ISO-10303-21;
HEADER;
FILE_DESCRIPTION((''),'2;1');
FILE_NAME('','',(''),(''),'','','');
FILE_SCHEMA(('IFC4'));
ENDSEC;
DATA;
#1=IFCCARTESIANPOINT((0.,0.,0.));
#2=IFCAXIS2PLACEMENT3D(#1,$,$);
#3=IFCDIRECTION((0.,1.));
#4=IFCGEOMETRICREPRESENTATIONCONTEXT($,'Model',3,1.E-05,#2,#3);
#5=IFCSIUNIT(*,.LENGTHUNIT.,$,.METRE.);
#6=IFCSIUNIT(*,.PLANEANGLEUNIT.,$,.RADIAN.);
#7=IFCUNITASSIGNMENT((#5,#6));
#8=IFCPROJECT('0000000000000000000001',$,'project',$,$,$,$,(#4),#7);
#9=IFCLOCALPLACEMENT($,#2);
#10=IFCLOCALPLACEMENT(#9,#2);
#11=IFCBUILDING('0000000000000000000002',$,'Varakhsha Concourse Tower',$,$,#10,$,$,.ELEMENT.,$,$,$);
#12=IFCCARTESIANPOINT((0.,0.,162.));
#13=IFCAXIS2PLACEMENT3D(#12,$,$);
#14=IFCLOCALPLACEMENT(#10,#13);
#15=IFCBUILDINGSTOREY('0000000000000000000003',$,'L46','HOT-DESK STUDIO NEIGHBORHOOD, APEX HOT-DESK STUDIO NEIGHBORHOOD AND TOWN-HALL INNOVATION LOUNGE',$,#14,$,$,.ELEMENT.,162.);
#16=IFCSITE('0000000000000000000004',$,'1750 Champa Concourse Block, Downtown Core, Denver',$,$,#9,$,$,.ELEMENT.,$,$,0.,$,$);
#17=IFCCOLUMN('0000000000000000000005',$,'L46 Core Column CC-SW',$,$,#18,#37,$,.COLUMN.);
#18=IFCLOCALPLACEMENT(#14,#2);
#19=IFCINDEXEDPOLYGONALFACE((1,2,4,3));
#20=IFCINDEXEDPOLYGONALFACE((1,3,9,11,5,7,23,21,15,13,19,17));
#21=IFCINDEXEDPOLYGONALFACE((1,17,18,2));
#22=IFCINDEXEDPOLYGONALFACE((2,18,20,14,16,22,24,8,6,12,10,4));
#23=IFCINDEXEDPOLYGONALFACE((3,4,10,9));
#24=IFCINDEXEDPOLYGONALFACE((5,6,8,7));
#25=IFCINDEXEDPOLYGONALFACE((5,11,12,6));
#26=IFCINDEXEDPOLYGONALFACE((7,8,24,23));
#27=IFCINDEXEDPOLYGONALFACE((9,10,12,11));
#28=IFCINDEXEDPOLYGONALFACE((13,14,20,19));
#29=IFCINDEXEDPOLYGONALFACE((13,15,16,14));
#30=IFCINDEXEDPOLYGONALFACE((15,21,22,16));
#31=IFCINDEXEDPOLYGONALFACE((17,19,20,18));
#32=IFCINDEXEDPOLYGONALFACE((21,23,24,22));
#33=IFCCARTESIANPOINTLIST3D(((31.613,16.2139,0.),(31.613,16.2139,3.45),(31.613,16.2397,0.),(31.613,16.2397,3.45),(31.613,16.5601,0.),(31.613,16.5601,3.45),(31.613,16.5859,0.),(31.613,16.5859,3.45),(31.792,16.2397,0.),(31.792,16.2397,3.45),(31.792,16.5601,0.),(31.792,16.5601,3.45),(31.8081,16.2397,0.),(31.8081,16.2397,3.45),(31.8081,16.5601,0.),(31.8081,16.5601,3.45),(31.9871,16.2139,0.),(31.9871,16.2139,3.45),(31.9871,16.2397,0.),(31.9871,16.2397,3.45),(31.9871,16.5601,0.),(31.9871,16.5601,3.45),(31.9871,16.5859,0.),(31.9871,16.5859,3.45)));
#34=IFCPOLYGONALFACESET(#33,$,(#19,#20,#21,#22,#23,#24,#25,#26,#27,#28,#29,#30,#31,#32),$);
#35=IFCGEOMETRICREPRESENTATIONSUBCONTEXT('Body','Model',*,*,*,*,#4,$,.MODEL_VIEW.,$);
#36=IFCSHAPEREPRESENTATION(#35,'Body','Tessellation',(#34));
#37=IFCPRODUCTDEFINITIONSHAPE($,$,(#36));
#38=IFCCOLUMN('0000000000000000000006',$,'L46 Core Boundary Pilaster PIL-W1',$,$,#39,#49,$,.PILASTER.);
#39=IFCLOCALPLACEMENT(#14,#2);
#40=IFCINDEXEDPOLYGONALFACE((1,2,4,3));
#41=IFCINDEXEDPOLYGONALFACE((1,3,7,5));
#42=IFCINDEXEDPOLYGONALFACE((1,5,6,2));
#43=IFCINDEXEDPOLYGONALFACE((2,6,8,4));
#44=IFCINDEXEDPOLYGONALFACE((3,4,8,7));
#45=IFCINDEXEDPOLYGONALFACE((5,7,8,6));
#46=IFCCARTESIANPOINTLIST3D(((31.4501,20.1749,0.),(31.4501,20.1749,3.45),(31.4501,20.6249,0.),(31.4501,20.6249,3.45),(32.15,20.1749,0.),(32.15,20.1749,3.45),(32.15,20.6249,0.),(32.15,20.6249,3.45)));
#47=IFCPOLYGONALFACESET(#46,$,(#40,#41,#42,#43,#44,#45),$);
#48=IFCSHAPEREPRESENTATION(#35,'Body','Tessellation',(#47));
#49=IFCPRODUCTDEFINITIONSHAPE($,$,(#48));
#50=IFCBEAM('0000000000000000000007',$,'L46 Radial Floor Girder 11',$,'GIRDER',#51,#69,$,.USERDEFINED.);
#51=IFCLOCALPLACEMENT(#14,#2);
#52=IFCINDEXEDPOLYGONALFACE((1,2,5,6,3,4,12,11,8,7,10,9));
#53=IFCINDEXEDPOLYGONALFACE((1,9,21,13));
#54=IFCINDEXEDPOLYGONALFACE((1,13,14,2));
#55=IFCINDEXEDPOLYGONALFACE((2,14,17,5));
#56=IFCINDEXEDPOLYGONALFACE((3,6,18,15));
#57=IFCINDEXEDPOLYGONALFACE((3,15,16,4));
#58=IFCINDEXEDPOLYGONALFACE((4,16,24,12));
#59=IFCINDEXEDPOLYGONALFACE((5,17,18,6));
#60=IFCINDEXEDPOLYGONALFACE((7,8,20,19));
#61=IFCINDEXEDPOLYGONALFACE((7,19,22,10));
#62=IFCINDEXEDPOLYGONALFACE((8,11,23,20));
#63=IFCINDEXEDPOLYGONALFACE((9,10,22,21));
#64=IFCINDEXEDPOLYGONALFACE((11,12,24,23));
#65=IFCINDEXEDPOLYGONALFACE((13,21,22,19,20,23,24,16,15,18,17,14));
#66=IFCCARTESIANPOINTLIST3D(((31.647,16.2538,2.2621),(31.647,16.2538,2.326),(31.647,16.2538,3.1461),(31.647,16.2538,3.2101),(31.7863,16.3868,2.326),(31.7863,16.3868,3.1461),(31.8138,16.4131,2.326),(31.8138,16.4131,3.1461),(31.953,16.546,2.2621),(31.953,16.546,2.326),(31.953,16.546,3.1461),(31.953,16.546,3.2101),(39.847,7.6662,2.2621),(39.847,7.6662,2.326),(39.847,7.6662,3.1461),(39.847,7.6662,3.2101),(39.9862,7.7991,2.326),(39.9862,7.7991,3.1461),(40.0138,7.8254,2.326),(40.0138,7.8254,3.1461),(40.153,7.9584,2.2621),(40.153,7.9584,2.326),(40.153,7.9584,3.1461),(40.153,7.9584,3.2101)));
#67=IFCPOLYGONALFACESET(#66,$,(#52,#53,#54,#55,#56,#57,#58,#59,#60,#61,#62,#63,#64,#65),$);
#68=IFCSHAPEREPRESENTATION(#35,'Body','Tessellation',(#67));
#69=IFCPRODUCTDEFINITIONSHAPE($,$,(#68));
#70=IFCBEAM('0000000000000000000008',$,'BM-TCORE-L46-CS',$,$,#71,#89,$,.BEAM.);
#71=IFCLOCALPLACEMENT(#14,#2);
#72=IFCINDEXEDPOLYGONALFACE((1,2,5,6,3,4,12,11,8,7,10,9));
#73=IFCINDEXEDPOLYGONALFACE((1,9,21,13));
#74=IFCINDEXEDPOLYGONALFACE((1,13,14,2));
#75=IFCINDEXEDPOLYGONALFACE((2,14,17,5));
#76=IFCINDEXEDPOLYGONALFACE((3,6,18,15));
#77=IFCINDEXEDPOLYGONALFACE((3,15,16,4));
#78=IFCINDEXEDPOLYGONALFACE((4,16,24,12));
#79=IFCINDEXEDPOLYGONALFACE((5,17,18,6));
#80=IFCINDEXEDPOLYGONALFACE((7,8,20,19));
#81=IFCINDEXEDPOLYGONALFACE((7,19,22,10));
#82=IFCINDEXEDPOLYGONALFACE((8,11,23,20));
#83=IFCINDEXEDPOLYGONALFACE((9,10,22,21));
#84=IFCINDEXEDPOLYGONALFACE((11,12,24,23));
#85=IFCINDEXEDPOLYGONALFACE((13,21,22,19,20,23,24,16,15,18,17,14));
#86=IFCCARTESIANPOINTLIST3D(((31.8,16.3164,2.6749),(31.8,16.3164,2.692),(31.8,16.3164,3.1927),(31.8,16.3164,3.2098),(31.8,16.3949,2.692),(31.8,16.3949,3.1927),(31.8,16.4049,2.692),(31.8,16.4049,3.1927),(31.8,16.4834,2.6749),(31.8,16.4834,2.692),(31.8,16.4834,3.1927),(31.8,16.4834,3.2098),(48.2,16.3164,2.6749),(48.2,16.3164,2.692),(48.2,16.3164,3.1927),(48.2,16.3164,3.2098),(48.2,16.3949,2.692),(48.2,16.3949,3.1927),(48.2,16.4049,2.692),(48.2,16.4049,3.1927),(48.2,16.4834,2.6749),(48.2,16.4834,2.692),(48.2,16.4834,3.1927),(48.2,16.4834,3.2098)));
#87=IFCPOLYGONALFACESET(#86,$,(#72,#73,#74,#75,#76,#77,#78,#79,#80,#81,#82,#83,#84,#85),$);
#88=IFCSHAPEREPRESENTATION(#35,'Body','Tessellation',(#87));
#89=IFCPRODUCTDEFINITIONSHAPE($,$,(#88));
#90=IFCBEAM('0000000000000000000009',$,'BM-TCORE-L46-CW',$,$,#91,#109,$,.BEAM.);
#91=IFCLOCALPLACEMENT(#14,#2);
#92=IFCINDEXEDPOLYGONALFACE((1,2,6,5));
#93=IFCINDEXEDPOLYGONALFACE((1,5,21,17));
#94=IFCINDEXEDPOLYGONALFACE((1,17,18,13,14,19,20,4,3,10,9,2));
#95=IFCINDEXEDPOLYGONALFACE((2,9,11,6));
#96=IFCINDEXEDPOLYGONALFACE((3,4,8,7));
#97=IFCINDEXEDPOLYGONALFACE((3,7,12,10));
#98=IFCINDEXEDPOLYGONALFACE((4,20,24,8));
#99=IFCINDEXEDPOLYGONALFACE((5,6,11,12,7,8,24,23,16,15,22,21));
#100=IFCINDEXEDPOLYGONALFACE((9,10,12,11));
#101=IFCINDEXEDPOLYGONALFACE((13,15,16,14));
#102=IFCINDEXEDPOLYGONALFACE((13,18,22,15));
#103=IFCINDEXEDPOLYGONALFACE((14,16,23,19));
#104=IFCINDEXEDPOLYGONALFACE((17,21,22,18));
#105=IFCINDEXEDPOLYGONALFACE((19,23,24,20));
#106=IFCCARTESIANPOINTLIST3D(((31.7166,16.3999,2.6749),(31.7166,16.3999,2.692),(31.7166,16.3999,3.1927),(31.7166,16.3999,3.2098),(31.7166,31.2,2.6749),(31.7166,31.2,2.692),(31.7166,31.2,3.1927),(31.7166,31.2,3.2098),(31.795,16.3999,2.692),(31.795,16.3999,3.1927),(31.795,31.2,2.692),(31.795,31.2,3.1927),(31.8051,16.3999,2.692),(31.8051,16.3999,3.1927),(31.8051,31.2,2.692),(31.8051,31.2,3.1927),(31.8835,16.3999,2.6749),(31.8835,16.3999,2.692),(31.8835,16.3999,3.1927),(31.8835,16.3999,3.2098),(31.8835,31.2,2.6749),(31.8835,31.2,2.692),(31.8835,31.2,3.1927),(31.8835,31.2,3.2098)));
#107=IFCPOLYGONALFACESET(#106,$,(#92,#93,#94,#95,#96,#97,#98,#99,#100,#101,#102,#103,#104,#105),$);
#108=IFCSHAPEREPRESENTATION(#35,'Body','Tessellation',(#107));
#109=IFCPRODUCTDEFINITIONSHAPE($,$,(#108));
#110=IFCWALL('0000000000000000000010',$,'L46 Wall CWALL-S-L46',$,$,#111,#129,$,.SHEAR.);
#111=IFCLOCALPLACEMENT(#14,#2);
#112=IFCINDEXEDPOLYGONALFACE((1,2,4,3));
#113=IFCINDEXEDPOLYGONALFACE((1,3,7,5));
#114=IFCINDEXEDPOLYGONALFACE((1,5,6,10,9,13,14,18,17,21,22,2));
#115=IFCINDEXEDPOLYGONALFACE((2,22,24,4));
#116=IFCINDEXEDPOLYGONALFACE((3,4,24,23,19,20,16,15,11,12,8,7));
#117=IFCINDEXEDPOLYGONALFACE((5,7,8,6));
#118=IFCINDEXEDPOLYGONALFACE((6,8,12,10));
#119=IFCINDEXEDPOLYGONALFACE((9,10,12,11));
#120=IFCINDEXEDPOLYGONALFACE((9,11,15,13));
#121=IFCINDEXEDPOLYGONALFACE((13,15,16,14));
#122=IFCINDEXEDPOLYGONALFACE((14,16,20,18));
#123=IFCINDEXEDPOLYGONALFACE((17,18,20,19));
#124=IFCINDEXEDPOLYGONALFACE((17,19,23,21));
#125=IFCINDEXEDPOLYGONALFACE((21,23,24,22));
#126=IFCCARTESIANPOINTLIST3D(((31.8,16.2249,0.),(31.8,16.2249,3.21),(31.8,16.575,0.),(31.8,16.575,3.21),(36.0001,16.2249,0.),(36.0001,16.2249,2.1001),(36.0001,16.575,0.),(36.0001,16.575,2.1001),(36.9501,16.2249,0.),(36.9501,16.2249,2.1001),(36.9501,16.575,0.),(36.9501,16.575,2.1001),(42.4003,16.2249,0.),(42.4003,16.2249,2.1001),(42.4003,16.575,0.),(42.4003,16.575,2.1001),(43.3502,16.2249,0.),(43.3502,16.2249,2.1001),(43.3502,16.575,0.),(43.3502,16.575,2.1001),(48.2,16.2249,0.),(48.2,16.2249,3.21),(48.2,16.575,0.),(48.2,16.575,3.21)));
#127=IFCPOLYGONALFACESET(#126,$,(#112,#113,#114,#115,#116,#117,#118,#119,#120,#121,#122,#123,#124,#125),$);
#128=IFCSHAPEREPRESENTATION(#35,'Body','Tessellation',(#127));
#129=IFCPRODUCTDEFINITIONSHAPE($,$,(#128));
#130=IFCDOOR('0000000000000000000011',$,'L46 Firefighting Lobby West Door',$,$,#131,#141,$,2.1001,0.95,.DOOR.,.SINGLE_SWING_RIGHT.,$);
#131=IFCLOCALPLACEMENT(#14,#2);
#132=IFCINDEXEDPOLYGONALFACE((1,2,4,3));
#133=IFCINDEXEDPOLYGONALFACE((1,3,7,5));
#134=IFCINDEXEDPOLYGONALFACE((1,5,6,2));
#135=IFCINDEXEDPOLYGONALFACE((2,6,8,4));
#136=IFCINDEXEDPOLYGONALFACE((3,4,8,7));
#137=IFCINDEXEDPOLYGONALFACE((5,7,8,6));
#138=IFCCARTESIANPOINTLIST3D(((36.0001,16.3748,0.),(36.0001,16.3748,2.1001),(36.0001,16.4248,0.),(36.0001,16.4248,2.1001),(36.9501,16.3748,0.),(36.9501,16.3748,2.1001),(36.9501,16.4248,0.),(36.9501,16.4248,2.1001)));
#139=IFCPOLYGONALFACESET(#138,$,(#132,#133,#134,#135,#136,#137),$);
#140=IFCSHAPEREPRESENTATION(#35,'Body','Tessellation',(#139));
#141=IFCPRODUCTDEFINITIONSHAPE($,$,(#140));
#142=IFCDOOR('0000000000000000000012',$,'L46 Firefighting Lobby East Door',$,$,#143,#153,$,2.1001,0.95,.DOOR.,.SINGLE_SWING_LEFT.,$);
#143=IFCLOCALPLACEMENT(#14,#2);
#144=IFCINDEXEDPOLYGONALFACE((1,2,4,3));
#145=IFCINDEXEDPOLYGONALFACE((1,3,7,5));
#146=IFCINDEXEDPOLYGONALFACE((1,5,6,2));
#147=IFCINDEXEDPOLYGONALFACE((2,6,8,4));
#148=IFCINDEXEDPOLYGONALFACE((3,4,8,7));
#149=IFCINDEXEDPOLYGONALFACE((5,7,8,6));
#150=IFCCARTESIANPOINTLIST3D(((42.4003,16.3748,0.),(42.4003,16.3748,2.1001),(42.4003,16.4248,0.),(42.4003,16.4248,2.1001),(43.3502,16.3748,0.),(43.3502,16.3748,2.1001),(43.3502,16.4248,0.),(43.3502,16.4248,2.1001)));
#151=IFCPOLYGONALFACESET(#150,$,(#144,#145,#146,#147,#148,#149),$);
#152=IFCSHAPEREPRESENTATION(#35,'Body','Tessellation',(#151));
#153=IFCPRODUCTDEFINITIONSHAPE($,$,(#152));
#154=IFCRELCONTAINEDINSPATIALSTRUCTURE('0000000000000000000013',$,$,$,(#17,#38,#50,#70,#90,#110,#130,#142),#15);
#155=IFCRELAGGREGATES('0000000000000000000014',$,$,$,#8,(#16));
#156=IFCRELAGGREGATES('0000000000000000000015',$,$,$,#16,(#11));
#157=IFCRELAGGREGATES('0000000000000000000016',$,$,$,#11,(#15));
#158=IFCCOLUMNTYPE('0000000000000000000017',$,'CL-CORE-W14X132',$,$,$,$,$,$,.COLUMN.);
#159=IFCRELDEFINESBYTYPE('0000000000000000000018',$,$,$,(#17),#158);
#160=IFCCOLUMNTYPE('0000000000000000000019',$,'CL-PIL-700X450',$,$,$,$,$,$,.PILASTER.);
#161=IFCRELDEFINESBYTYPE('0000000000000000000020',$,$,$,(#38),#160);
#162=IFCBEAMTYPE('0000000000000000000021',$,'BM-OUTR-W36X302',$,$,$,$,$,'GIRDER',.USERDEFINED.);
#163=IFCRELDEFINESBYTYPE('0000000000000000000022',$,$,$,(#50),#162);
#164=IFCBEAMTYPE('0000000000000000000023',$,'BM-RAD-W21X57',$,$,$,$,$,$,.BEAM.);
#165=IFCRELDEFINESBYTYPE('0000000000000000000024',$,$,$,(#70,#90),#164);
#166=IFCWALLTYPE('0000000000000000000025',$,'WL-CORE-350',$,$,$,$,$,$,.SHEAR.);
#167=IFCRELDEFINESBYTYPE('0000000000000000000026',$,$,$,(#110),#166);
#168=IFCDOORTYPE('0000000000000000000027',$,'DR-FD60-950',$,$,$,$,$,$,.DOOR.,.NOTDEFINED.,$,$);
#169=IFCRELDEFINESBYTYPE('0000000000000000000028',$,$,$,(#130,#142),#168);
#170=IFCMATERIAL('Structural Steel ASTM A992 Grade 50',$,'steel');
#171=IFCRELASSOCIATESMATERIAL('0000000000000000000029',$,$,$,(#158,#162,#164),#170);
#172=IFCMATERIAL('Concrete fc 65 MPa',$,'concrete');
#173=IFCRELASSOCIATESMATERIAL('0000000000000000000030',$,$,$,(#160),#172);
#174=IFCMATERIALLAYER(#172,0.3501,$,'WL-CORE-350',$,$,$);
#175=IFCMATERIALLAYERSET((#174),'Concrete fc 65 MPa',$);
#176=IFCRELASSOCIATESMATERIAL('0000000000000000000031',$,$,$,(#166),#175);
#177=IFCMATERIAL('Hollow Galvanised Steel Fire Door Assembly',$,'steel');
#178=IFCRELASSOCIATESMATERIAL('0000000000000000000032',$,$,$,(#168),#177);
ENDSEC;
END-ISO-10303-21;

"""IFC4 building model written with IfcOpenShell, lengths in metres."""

from ifc_helpers import new_model, si_unit, direction, frame, frame_2d, origin, origin_2d, place, context, subcontext, project, spatial, rectangle, i_section, extrude, material, layer, layer_set, material_profile, profile_set, type_object, element, fill, save


model = new_model("IFC4")

# Units and contexts
model_context = context("Model", 3, precision=1e-05, world=origin(), true_north=direction((0.0, 1.0)))
body_context = subcontext(model_context, "Body", "Model", "MODEL_VIEW")
ifc_project = project(units=[si_unit("LENGTHUNIT", "METRE"), si_unit("PLANEANGLEUNIT", "RADIAN")], contexts=[model_context])

# Site, building, storey
site_placement = place(None, origin())
site = spatial("IfcSite", under=ifc_project, at=site_placement, Name="1750 Champa Concourse Block, Downtown Core, Denver", CompositionType="ELEMENT", RefElevation=0.0)
building_placement = place(site_placement, origin())
building = spatial("IfcBuilding", under=site, at=building_placement, Name="Varakhsha Concourse Tower", CompositionType="ELEMENT")
storey_placement = place(building_placement, frame((0.0, 0.0, 162.0)))
storey = spatial("IfcBuildingStorey", under=building, at=storey_placement, Name="L46", Description="HOT-DESK STUDIO NEIGHBORHOOD, APEX HOT-DESK STUDIO NEIGHBORHOOD AND TOWN-HALL INNOVATION LOUNGE", CompositionType="ELEMENT", Elevation=162.0)

# Columns
ifc_material_1 = material(Name="Structural Steel ASTM A992 Grade 50", Category="steel")
ifc_material_profile_1 = material_profile(ifc_material_1, i_section(OverallWidth=0.374, OverallDepth=0.3721, WebThickness=0.0161, FlangeThickness=0.0259, at=origin_2d()), Name="W14X132")
ifc_profile_set_1 = profile_set([ifc_material_profile_1], Name="Structural Steel ASTM A992 Grade 50")
column_type_1 = type_object("IfcColumnType", Name="CL-CORE-W14X132", PredefinedType="COLUMN", material=ifc_profile_set_1)
column_1_placement = place(storey_placement, frame((31.8, 16.3999, 0.0), z_axis=(0.0, 0.0, 1.0), x_axis=(1.0, 0.0, 0.0)))
element("IfcColumn", 1, at=column_1_placement, inside=storey, type_object=column_type_1, Name="L46 Core Column CC-SW", PredefinedType="COLUMN", context=body_context, shape_type="SweptSolid", body=[
    extrude(i_section(OverallWidth=0.374, OverallDepth=0.3721, WebThickness=0.0161, FlangeThickness=0.0259, at=origin_2d()), origin(), (0.0, 0.0, 1.0), 3.45),
])
ifc_material_2 = material(Name="Concrete fc 65 MPa", Category="concrete")
ifc_material_profile_2 = material_profile(ifc_material_2, rectangle(XDim=0.7, YDim=0.45, at=origin_2d()), Name="RC 700x450")
ifc_profile_set_2 = profile_set([ifc_material_profile_2], Name="Concrete fc 65 MPa")
column_type_2 = type_object("IfcColumnType", Name="CL-PIL-700X450", PredefinedType="PILASTER", material=ifc_profile_set_2)
column_2_placement = place(storey_placement, frame((31.8, 20.3999, 0.0), z_axis=(0.0, 0.0, 1.0), x_axis=(1.0, 0.0, 0.0)))
element("IfcColumn", 2, at=column_2_placement, inside=storey, type_object=column_type_2, Name="L46 Core Boundary Pilaster PIL-W1", PredefinedType="PILASTER", context=body_context, shape_type="SweptSolid", body=[
    extrude(rectangle(XDim=0.7, YDim=0.45, at=origin_2d()), origin(), (0.0, 0.0, 1.0), 3.45),
])

# Beams
ifc_material_profile_3 = material_profile(ifc_material_1, i_section(OverallWidth=0.4231, OverallDepth=0.948, WebThickness=0.0381, FlangeThickness=0.064, at=origin_2d()), Name="W36X302")
ifc_profile_set_3 = profile_set([ifc_material_profile_3], Name="Structural Steel ASTM A992 Grade 50")
beam_type_1 = type_object("IfcBeamType", Name="BM-OUTR-W36X302", ElementType="GIRDER", PredefinedType="USERDEFINED", material=ifc_profile_set_3)
beam_1_placement = place(storey_placement, frame((31.8, 16.3999, 2.7361), z_axis=(0.690593, -0.723244, 0.0), x_axis=(0.723244, 0.690593, 0.0)))
element("IfcBeam", 3, at=beam_1_placement, inside=storey, type_object=beam_type_1, Name="L46 Radial Floor Girder 11", ObjectType="GIRDER", PredefinedType="USERDEFINED", context=body_context, shape_type="SweptSolid", body=[
    extrude(i_section(OverallWidth=0.4231, OverallDepth=0.948, WebThickness=0.0381, FlangeThickness=0.064, at=origin_2d()), origin(), (0.0, 0.0, 1.0), 11.8738),
])
ifc_material_profile_4 = material_profile(ifc_material_1, i_section(OverallWidth=0.167, OverallDepth=0.5349, WebThickness=0.01, FlangeThickness=0.0171, at=origin_2d()), Name="W21X57")
ifc_profile_set_4 = profile_set([ifc_material_profile_4], Name="Structural Steel ASTM A992 Grade 50")
beam_type_2 = type_object("IfcBeamType", Name="BM-RAD-W21X57", PredefinedType="BEAM", material=ifc_profile_set_4)
beam_2_placement = place(storey_placement, frame((31.8, 16.3999, 2.9424), z_axis=(1.0, 0.0, 0.0), x_axis=(0.0, 1.0, 0.0)))
element("IfcBeam", 4, at=beam_2_placement, inside=storey, type_object=beam_type_2, Name="BM-TCORE-L46-CS", PredefinedType="BEAM", context=body_context, shape_type="SweptSolid", body=[
    extrude(i_section(OverallWidth=0.167, OverallDepth=0.5349, WebThickness=0.01, FlangeThickness=0.0171, at=origin_2d()), origin(), (0.0, 0.0, 1.0), 16.3999),
])
beam_3_placement = place(storey_placement, frame((31.8, 16.3999, 2.9424), z_axis=(0.0, 1.0, 0.0), x_axis=(-1.0, 0.0, 0.0)))
element("IfcBeam", 5, at=beam_3_placement, inside=storey, type_object=beam_type_2, Name="BM-TCORE-L46-CW", PredefinedType="BEAM", context=body_context, shape_type="SweptSolid", body=[
    extrude(i_section(OverallWidth=0.167, OverallDepth=0.5349, WebThickness=0.01, FlangeThickness=0.0171, at=origin_2d()), origin(), (0.0, 0.0, 1.0), 14.8),
])

# Wall, openings, doors
ifc_layer_1 = layer(ifc_material_2, 0.3501, Name="WL-CORE-350")
ifc_layer_set_1 = layer_set([ifc_layer_1], Name="Concrete fc 65 MPa")
wall_type_1 = type_object("IfcWallType", Name="WL-CORE-350", PredefinedType="SHEAR", material=ifc_layer_set_1)
wall_1_placement = place(storey_placement, frame((31.8, 16.3999, 0.0), z_axis=(0.0, 0.0, 1.0), x_axis=(1.0, 0.0, 0.0)))
wall_1 = element("IfcWall", 6, at=wall_1_placement, inside=storey, type_object=wall_type_1, Name="L46 Wall CWALL-S-L46", PredefinedType="SHEAR", context=body_context, shape_type="SweptSolid", body=[
    extrude(rectangle(XDim=16.3999, YDim=0.3501, at=frame_2d((8.2, 0.0))), origin(), (0.0, 0.0, 1.0), 3.21),
])
opening_1_placement = place(wall_1_placement, frame((4.2, 0.0, 0.0)))
opening_1 = element("IfcOpeningElement", 7, at=opening_1_placement, cuts=wall_1, PredefinedType="OPENING", context=body_context, shape_type="SweptSolid", body=[
    extrude(rectangle(XDim=0.95, YDim=2.1001, at=frame_2d((0.4751, 1.05))), frame((0.0, 0.1851, 0.0), z_axis=(0.0, -1.0, 0.0), x_axis=(1.0, 0.0, 0.0)), (0.0, 0.0, 1.0), 0.3701),
])
opening_2_placement = place(wall_1_placement, frame((10.6001, 0.0, 0.0)))
opening_2 = element("IfcOpeningElement", 8, at=opening_2_placement, cuts=wall_1, PredefinedType="OPENING", context=body_context, shape_type="SweptSolid", body=[
    extrude(rectangle(XDim=0.95, YDim=2.1001, at=frame_2d((0.4751, 1.05))), frame((0.0, 0.1851, 0.0), z_axis=(0.0, -1.0, 0.0), x_axis=(1.0, 0.0, 0.0)), (0.0, 0.0, 1.0), 0.3701),
])
ifc_material_3 = material(Name="Hollow Galvanised Steel Fire Door Assembly", Category="steel")
door_type_1 = type_object("IfcDoorType", Name="DR-FD60-950", OperationType="NOTDEFINED", PredefinedType="DOOR", material=ifc_material_3)
door_1_placement = place(opening_1_placement, origin())
door_1 = element("IfcDoor", 9, at=door_1_placement, inside=storey, type_object=door_type_1, Name="L46 Firefighting Lobby West Door", OperationType="SINGLE_SWING_RIGHT", OverallHeight=2.1001, OverallWidth=0.95, PredefinedType="DOOR", context=body_context, shape_type="SweptSolid", body=[
    extrude(rectangle(XDim=0.95, YDim=2.1001, at=frame_2d((0.4751, 1.05))), frame((0.0, 0.0249, 0.0), z_axis=(0.0, -1.0, 0.0), x_axis=(1.0, 0.0, 0.0)), (0.0, 0.0, 1.0), 0.05),
])
fill(opening_1, door_1)
door_2_placement = place(opening_2_placement, origin())
door_2 = element("IfcDoor", 10, at=door_2_placement, inside=storey, type_object=door_type_1, Name="L46 Firefighting Lobby East Door", OperationType="SINGLE_SWING_LEFT", OverallHeight=2.1001, OverallWidth=0.95, PredefinedType="DOOR", context=body_context, shape_type="SweptSolid", body=[
    extrude(rectangle(XDim=0.95, YDim=2.1001, at=frame_2d((0.4751, 1.05))), frame((0.0, 0.0249, 0.0), z_axis=(0.0, -1.0, 0.0), x_axis=(1.0, 0.0, 0.0)), (0.0, 0.0, 1.0), 0.05),
])
fill(opening_2, door_2)

save(model, "model.ifc")
